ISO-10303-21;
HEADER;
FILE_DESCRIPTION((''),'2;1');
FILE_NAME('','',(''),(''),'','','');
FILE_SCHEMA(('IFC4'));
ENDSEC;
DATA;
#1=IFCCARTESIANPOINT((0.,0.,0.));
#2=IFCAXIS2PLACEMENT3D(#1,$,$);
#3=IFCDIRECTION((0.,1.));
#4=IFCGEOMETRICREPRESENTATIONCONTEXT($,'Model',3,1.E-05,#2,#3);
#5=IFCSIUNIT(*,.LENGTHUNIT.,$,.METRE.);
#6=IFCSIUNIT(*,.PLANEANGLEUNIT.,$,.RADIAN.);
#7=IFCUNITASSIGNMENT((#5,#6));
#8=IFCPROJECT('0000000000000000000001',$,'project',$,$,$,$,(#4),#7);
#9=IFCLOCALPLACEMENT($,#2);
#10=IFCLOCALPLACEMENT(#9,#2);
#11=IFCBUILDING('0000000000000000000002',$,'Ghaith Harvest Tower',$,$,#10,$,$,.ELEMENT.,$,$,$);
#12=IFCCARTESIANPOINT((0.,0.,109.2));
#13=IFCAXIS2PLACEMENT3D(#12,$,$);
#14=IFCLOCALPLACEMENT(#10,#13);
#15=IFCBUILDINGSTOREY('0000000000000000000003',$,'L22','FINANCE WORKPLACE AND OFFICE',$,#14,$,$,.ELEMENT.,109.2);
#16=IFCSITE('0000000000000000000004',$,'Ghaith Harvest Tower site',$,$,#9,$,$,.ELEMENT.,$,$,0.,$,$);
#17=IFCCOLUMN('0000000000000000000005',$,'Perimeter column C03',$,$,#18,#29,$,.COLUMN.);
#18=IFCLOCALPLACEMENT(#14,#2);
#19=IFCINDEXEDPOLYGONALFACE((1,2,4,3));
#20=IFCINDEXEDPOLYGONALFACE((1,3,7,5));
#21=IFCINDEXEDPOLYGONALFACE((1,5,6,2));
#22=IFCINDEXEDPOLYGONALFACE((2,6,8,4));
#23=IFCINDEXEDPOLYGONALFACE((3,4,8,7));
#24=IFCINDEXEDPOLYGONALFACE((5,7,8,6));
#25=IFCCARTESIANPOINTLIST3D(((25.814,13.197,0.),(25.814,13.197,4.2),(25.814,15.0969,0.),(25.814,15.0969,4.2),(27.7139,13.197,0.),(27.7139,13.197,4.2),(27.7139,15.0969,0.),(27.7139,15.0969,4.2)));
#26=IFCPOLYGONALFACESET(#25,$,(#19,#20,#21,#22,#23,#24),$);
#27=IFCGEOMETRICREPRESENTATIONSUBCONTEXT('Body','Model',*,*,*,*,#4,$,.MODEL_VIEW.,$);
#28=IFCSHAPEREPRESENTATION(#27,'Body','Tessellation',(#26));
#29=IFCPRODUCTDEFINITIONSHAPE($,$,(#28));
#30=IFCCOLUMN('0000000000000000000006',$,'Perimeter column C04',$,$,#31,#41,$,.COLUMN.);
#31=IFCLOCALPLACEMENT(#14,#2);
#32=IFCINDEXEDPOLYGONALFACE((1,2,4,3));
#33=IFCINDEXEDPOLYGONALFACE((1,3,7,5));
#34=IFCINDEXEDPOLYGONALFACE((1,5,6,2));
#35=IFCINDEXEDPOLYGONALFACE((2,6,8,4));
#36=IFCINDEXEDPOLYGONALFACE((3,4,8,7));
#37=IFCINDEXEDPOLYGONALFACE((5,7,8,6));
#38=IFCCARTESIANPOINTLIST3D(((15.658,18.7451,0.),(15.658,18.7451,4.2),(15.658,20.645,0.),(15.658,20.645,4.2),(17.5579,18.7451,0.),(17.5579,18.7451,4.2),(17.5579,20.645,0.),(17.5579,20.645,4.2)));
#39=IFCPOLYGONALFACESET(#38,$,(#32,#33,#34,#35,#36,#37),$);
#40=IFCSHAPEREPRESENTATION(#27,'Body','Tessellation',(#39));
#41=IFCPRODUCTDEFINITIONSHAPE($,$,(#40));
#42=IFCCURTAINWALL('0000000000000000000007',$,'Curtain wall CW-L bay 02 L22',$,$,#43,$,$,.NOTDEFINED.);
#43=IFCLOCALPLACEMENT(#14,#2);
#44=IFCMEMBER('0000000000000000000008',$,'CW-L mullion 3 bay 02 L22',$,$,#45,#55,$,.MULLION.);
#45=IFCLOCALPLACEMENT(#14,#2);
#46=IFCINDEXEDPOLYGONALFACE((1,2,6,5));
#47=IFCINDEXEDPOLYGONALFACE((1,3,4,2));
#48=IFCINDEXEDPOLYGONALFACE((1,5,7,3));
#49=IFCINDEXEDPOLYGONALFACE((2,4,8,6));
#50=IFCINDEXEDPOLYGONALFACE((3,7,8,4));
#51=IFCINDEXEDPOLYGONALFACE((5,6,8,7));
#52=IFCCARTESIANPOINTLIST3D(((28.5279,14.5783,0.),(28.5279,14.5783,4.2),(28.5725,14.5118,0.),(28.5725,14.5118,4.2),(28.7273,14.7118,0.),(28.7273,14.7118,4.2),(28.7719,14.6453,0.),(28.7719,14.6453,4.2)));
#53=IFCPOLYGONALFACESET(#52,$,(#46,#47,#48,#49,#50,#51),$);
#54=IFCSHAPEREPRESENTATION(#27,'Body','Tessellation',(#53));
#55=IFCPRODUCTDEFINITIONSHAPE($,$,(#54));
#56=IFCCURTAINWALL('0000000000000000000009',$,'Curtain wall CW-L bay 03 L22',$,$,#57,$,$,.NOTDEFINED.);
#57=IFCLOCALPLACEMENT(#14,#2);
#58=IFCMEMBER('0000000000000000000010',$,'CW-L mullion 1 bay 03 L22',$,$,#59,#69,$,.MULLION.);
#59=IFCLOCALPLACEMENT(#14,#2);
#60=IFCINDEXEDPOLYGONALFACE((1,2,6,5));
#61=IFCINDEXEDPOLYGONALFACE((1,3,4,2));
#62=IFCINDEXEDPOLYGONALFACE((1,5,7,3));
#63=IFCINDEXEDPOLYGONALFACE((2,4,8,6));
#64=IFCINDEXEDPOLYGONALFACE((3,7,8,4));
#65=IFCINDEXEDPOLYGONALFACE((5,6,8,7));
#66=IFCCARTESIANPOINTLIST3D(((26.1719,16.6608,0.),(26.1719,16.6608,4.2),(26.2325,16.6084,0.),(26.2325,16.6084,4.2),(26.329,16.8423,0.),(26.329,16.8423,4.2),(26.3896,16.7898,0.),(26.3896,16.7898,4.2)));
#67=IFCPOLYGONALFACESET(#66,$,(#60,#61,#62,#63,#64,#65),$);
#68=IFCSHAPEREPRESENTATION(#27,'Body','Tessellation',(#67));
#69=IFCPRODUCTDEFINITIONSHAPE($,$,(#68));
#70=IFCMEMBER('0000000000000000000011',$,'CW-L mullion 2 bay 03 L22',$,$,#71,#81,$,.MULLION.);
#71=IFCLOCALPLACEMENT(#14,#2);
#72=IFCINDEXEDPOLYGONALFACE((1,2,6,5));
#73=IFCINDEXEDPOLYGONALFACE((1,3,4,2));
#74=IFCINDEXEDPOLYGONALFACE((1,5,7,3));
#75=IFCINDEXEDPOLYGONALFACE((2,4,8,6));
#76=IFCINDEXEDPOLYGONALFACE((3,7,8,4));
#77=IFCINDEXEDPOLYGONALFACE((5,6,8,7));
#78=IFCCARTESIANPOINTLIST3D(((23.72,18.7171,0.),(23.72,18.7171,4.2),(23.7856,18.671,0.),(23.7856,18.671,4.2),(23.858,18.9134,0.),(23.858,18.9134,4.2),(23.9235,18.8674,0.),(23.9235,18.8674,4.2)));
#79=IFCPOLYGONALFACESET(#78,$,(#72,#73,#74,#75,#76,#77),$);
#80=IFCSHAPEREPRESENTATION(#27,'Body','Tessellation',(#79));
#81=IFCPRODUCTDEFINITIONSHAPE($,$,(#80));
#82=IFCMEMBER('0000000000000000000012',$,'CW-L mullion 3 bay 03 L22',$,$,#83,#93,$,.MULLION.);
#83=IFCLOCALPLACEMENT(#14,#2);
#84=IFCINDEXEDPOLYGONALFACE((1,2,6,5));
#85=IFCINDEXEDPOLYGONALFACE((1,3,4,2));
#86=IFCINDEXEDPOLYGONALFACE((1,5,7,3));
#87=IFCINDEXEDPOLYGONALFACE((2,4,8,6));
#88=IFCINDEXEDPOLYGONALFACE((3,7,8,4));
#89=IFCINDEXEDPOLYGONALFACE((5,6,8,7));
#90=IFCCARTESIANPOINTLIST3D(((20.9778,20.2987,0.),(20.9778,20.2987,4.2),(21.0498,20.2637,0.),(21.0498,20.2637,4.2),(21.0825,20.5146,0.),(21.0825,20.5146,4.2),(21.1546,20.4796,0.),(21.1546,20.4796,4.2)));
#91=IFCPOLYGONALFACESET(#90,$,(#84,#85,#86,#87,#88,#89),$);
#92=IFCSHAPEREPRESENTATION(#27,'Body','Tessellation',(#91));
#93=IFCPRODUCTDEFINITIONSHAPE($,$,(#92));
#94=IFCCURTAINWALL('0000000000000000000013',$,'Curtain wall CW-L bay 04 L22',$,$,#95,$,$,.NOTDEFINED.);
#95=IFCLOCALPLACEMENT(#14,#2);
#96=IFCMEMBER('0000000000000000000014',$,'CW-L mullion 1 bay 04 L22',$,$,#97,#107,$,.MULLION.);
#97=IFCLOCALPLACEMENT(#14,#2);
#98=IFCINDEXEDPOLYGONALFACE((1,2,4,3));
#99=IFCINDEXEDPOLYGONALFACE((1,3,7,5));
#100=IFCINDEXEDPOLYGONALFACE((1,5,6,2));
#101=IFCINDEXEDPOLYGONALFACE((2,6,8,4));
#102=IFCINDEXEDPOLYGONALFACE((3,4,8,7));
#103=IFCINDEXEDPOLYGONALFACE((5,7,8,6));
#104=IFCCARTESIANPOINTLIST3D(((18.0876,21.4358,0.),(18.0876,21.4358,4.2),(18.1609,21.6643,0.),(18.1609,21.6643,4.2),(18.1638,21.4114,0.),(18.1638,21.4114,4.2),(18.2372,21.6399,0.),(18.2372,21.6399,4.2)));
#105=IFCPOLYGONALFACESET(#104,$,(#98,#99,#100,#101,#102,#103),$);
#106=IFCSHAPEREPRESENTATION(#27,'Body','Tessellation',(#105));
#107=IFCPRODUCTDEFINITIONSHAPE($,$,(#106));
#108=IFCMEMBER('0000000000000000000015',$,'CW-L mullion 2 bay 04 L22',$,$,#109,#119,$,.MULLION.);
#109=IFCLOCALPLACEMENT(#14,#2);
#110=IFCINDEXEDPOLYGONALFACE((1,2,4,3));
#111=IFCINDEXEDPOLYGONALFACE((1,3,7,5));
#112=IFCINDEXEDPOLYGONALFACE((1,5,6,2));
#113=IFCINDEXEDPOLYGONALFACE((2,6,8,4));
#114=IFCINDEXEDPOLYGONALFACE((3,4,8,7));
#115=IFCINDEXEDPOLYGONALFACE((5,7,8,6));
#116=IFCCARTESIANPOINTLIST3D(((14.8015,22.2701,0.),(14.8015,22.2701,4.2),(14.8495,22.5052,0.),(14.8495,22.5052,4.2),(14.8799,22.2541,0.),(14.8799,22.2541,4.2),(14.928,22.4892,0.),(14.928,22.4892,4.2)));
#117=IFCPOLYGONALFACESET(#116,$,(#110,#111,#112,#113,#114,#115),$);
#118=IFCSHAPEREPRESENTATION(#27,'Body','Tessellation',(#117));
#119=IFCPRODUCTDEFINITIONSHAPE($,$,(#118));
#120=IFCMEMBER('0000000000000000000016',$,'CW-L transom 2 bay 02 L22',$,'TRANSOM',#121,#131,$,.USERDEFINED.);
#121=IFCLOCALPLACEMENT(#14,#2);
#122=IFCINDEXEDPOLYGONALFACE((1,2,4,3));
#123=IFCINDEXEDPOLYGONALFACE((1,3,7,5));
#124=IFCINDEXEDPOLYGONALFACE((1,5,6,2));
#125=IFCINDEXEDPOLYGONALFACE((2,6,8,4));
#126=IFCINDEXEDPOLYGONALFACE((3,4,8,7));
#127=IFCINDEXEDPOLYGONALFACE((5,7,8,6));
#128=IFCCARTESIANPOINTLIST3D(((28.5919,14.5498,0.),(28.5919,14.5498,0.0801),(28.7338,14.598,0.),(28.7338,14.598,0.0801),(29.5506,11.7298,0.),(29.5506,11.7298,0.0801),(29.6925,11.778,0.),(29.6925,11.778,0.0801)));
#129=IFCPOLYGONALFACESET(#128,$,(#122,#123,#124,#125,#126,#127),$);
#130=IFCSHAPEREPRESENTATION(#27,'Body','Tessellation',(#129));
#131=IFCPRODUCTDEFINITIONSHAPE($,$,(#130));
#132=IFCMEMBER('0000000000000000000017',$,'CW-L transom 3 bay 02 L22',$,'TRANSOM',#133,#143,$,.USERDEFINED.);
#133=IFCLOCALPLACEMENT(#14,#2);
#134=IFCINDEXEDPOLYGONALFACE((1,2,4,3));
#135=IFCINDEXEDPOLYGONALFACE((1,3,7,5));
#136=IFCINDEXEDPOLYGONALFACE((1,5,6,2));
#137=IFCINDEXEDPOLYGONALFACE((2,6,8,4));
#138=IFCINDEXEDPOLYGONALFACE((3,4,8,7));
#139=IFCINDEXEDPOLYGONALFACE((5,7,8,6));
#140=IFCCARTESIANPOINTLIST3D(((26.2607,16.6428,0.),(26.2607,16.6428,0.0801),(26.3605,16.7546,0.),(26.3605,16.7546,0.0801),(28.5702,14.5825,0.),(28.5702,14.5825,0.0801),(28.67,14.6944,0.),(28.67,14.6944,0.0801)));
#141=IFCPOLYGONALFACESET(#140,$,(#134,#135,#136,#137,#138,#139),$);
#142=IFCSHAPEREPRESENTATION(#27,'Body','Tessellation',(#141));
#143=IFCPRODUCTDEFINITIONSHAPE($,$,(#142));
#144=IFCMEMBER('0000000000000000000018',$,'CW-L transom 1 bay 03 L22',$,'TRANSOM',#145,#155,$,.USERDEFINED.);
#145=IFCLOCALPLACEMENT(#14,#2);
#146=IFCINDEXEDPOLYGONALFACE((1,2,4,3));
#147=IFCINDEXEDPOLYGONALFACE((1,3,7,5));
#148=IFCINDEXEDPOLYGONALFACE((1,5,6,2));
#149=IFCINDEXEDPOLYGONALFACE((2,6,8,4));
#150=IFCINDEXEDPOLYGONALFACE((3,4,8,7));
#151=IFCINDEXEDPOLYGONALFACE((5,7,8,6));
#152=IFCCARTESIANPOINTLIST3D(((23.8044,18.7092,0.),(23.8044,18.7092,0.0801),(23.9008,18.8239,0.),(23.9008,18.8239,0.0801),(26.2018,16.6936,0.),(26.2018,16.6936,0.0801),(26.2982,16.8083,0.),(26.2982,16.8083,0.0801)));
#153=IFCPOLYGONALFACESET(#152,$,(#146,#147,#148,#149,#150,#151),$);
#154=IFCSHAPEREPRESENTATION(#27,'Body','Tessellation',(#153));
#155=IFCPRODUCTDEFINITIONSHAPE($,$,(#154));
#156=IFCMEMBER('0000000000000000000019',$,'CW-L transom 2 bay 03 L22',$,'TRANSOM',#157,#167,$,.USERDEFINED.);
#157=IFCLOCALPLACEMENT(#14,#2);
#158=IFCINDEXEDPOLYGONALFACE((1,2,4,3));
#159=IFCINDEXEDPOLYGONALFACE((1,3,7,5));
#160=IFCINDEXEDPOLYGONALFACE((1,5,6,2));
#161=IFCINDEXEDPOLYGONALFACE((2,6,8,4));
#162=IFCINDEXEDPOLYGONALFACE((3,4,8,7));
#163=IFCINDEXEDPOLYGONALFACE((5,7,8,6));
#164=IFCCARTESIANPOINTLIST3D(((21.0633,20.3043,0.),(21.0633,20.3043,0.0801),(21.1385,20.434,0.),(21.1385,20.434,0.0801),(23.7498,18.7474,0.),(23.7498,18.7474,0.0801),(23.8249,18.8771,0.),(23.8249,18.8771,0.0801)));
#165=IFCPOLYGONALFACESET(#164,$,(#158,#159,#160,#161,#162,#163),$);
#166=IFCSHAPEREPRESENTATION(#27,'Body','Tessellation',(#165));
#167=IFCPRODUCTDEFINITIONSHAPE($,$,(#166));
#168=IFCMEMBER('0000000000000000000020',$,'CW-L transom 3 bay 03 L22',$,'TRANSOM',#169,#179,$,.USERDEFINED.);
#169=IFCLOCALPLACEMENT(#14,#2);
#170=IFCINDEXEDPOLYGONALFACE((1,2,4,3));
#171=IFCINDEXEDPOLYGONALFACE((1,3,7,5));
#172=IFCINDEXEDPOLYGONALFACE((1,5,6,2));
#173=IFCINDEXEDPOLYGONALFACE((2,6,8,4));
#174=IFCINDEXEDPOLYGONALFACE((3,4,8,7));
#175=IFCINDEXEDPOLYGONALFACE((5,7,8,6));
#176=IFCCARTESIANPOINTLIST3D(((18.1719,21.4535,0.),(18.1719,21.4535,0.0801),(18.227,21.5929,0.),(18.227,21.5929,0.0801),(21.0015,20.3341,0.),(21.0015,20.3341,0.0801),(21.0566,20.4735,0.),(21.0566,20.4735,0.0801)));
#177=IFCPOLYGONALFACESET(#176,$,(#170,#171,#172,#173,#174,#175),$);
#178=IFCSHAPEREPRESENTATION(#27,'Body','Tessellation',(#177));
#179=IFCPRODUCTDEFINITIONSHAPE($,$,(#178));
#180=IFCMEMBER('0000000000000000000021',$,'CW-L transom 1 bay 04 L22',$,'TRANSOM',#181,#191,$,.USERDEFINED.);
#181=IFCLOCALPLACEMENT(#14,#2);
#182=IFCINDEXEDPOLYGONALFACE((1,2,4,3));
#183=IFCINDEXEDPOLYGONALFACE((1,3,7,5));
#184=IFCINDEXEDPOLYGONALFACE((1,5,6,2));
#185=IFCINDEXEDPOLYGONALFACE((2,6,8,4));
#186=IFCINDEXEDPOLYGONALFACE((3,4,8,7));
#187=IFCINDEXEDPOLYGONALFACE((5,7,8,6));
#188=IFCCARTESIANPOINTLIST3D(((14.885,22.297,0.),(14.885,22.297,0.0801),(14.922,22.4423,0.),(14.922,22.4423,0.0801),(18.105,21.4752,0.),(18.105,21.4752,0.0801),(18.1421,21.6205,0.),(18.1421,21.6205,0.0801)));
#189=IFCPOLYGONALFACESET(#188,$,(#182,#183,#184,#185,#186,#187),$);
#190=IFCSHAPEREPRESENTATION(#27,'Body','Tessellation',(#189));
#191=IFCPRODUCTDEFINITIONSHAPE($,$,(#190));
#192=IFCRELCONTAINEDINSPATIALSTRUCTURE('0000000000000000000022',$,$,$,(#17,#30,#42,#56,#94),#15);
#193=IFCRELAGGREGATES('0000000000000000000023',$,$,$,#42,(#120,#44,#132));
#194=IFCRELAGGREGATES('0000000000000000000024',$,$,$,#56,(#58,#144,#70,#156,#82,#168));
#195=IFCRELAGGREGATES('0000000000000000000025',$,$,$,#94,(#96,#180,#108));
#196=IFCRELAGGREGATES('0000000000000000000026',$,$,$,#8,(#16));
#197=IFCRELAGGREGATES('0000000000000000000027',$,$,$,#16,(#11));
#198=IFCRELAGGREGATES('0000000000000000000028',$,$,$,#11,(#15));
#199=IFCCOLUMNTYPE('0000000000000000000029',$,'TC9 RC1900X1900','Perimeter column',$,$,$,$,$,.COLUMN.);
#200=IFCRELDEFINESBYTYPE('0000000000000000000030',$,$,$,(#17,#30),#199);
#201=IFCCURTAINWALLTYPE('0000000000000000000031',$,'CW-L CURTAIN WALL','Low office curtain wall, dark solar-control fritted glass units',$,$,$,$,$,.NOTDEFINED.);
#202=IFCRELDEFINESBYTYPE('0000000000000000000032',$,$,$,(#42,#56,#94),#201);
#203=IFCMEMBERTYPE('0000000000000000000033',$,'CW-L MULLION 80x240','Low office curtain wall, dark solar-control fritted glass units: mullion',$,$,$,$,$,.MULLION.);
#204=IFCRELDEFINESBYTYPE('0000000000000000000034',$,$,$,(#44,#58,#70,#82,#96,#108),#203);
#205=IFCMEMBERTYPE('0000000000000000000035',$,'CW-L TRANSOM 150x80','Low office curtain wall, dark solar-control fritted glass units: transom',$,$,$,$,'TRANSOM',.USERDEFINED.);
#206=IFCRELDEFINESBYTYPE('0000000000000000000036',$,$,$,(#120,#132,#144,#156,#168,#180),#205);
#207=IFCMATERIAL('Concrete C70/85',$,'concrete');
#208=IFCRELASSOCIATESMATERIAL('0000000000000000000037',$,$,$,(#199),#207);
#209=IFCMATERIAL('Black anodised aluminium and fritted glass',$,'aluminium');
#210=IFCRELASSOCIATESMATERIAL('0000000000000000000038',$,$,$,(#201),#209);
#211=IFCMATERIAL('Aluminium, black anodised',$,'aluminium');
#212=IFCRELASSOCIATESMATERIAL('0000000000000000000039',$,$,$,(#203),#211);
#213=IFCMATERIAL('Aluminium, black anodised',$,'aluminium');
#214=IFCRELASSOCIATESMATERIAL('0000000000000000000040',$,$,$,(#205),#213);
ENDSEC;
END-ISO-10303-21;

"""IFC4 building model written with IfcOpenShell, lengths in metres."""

from ifc_helpers import new_model, si_unit, direction, frame, origin, origin_2d, place, context, subcontext, project, spatial, rectangle, extrude, material, material_profile, profile_set, type_object, element, aggregate, save


model = new_model("IFC4")

# Units and contexts
model_context = context("Model", 3, precision=1e-05, world=origin(), true_north=direction((0.0, 1.0)))
body_context = subcontext(model_context, "Body", "Model", "MODEL_VIEW")
ifc_project = project(units=[si_unit("LENGTHUNIT", "METRE"), si_unit("PLANEANGLEUNIT", "RADIAN")], contexts=[model_context])

# Site, building, storey
site_placement = place(None, origin())
site = spatial("IfcSite", under=ifc_project, at=site_placement, Name="Ghaith Harvest Tower site", CompositionType="ELEMENT", RefElevation=0.0)
building_placement = place(site_placement, origin())
building = spatial("IfcBuilding", under=site, at=building_placement, Name="Ghaith Harvest Tower", CompositionType="ELEMENT")
storey_placement = place(building_placement, frame((0.0, 0.0, 109.2)))
storey = spatial("IfcBuildingStorey", under=building, at=storey_placement, Name="L22", Description="FINANCE WORKPLACE AND OFFICE", CompositionType="ELEMENT", Elevation=109.2)

# Columns
ifc_material_1 = material(Name="Concrete C70/85", Category="concrete")
ifc_material_profile_1 = material_profile(ifc_material_1, rectangle(XDim=1.8999, YDim=1.8999, at=origin_2d()), Name="RC1900X1900")
ifc_profile_set_1 = profile_set([ifc_material_profile_1], Name="Concrete C70/85")
column_type = type_object("IfcColumnType", Name="TC9 RC1900X1900", Description="Perimeter column", PredefinedType="COLUMN", material=ifc_profile_set_1)
for number, where, z_axis, x_axis, name in (
    (1, (26.7639, 14.147, 0.0), (0.0, 0.0, 1.0), (1.0, 0.0, 0.0), "Perimeter column C03"),
    (2, (16.6079, 19.6951, 0.0), (0.0, 0.0, 1.0), (1.0, 0.0, 0.0), "Perimeter column C04"),
):
    element("IfcColumn", number, at=place(storey_placement, frame(where, z_axis=z_axis, x_axis=x_axis)), inside=storey, type_object=column_type, Name=name, PredefinedType="COLUMN", context=body_context, shape_type="SweptSolid", body=[
        extrude(rectangle(XDim=1.8999, YDim=1.8999, at=origin_2d()), origin(), (0.0, 0.0, 1.0), 4.2),
    ])

# Curtain wall, member
ifc_material_2 = material(Name="Black anodised aluminium and fritted glass", Category="aluminium")
curtain_wall_type = type_object("IfcCurtainWallType", Name="CW-L CURTAIN WALL", Description="Low office curtain wall, dark solar-control fritted glass units", PredefinedType="NOTDEFINED", material=ifc_material_2)
curtain_wall_1_placement = place(storey_placement, origin())
curtain_wall_1 = element("IfcCurtainWall", 3, at=curtain_wall_1_placement, inside=storey, type_object=curtain_wall_type, Name="Curtain wall CW-L bay 02 L22", PredefinedType="NOTDEFINED")
ifc_material_3 = material(Name="Aluminium, black anodised", Category="aluminium")
ifc_material_profile_2 = material_profile(ifc_material_3, rectangle(XDim=0.0801, YDim=0.24, at=origin_2d()), Name="CW-L MULLION 80x240")
ifc_profile_set_2 = profile_set([ifc_material_profile_2], Name="Aluminium, black anodised")
member_type_1 = type_object("IfcMemberType", Name="CW-L MULLION 80x240", Description="Low office curtain wall, dark solar-control fritted glass units: mullion", PredefinedType="MULLION", material=ifc_profile_set_2)
member_1_placement = place(storey_placement, frame((28.6499, 14.6118, 0.0), z_axis=(0.0, 0.0, 1.0), x_axis=(-0.556324, 0.830965, 0.0)))
member_1 = element("IfcMember", 4, at=member_1_placement, type_object=member_type_1, Name="CW-L mullion 3 bay 02 L22", PredefinedType="MULLION", context=body_context, shape_type="SweptSolid", body=[
    extrude(rectangle(XDim=0.0801, YDim=0.24, at=origin_2d()), origin(), (0.0, 0.0, 1.0), 4.2),
])

# Curtain walls, members
curtain_wall_2_placement = place(storey_placement, origin())
curtain_wall_2 = element("IfcCurtainWall", 5, at=curtain_wall_2_placement, inside=storey, type_object=curtain_wall_type, Name="Curtain wall CW-L bay 03 L22", PredefinedType="NOTDEFINED")
member_2_placement = place(storey_placement, frame((26.2808, 16.7253, 0.0), z_axis=(0.0, 0.0, 1.0), x_axis=(-0.755999, 0.654572, 0.0)))
member_2 = element("IfcMember", 6, at=member_2_placement, type_object=member_type_1, Name="CW-L mullion 1 bay 03 L22", PredefinedType="MULLION", context=body_context, shape_type="SweptSolid", body=[
    extrude(rectangle(XDim=0.0801, YDim=0.24, at=origin_2d()), origin(), (0.0, 0.0, 1.0), 4.2),
])
member_3_placement = place(storey_placement, frame((23.8218, 18.7922, 0.0), z_axis=(0.0, 0.0, 1.0), x_axis=(-0.818229, 0.574893, 0.0)))
member_3 = element("IfcMember", 7, at=member_3_placement, type_object=member_type_1, Name="CW-L mullion 2 bay 03 L22", PredefinedType="MULLION", context=body_context, shape_type="SweptSolid", body=[
    extrude(rectangle(XDim=0.0801, YDim=0.24, at=origin_2d()), origin(), (0.0, 0.0, 1.0), 4.2),
])
member_4_placement = place(storey_placement, frame((21.0662, 20.3892, 0.0), z_axis=(0.0, 0.0, 1.0), x_axis=(-0.899713, 0.436481, 0.0)))
member_4 = element("IfcMember", 8, at=member_4_placement, type_object=member_type_1, Name="CW-L mullion 3 bay 03 L22", PredefinedType="MULLION", context=body_context, shape_type="SweptSolid", body=[
    extrude(rectangle(XDim=0.0801, YDim=0.24, at=origin_2d()), origin(), (0.0, 0.0, 1.0), 4.2),
])
curtain_wall_3_placement = place(storey_placement, origin())
curtain_wall_3 = element("IfcCurtainWall", 9, at=curtain_wall_3_placement, inside=storey, type_object=curtain_wall_type, Name="Curtain wall CW-L bay 04 L22", PredefinedType="NOTDEFINED")
member_5_placement = place(storey_placement, frame((18.1624, 21.5378, 0.0), z_axis=(0.0, 0.0, 1.0), x_axis=(-0.952152, 0.305624, 0.0)))
member_5 = element("IfcMember", 10, at=member_5_placement, type_object=member_type_1, Name="CW-L mullion 1 bay 04 L22", PredefinedType="MULLION", context=body_context, shape_type="SweptSolid", body=[
    extrude(rectangle(XDim=0.0801, YDim=0.24, at=origin_2d()), origin(), (0.0, 0.0, 1.0), 4.2),
])
member_6_placement = place(storey_placement, frame((14.8647, 22.3796, 0.0), z_axis=(0.0, 0.0, 1.0), x_axis=(-0.979752, 0.200215, 0.0)))
member_6 = element("IfcMember", 11, at=member_6_placement, type_object=member_type_1, Name="CW-L mullion 2 bay 04 L22", PredefinedType="MULLION", context=body_context, shape_type="SweptSolid", body=[
    extrude(rectangle(XDim=0.0801, YDim=0.24, at=origin_2d()), origin(), (0.0, 0.0, 1.0), 4.2),
])

# Members
ifc_material_4 = material(Name="Aluminium, black anodised", Category="aluminium")
ifc_material_profile_3 = material_profile(ifc_material_4, rectangle(XDim=0.1499, YDim=0.0801, at=origin_2d()), Name="CW-L TRANSOM 150x80")
ifc_profile_set_3 = profile_set([ifc_material_profile_3], Name="Aluminium, black anodised")
member_type_2 = type_object("IfcMemberType", Name="CW-L TRANSOM 150x80", Description="Low office curtain wall, dark solar-control fritted glass units: transom", ElementType="TRANSOM", PredefinedType="USERDEFINED", material=ifc_profile_set_3)
member_7_placement = place(storey_placement, frame((29.6216, 11.7539, 0.04), z_axis=(-0.321878, 0.946781, 0.0), x_axis=(-0.946781, -0.321878, 0.0)))
member_7 = element("IfcMember", 12, at=member_7_placement, type_object=member_type_2, Name="CW-L transom 2 bay 02 L22", ObjectType="TRANSOM", PredefinedType="USERDEFINED", context=body_context, shape_type="SweptSolid", body=[
    extrude(rectangle(XDim=0.1499, YDim=0.0801, at=origin_2d()), origin(), (0.0, 0.0, 1.0), 2.9785),
])
member_8_placement = place(storey_placement, frame((28.6201, 14.6384, 0.04), z_axis=(-0.746229, 0.66569, 0.0), x_axis=(-0.66569, -0.746229, 0.0)))
member_8 = element("IfcMember", 13, at=member_8_placement, type_object=member_type_2, Name="CW-L transom 3 bay 02 L22", ObjectType="TRANSOM", PredefinedType="USERDEFINED", context=body_context, shape_type="SweptSolid", body=[
    extrude(rectangle(XDim=0.1499, YDim=0.0801, at=origin_2d()), origin(), (0.0, 0.0, 1.0), 3.095),
])
member_9_placement = place(storey_placement, frame((26.25, 16.751, 0.04), z_axis=(-0.765428, 0.643521, 0.0), x_axis=(-0.643521, -0.765428, 0.0)))
member_9 = element("IfcMember", 14, at=member_9_placement, type_object=member_type_2, Name="CW-L transom 1 bay 03 L22", ObjectType="TRANSOM", PredefinedType="USERDEFINED", context=body_context, shape_type="SweptSolid", body=[
    extrude(rectangle(XDim=0.1499, YDim=0.0801, at=origin_2d()), origin(), (0.0, 0.0, 1.0), 3.1321),
])
member_10_placement = place(storey_placement, frame((23.7874, 18.8123, 0.04), z_axis=(-0.865213, 0.501405, 0.0), x_axis=(-0.501405, -0.865213, 0.0)))
member_10 = element("IfcMember", 15, at=member_10_placement, type_object=member_type_2, Name="CW-L transom 2 bay 03 L22", ObjectType="TRANSOM", PredefinedType="USERDEFINED", context=body_context, shape_type="SweptSolid", body=[
    extrude(rectangle(XDim=0.1499, YDim=0.0801, at=origin_2d()), origin(), (0.0, 0.0, 1.0), 3.105),
])
member_11_placement = place(storey_placement, frame((21.0291, 20.4038, 0.04), z_axis=(-0.929881, 0.367861, 0.0), x_axis=(-0.367861, -0.929881, 0.0)))
member_11 = element("IfcMember", 16, at=member_11_placement, type_object=member_type_2, Name="CW-L transom 3 bay 03 L22", ObjectType="TRANSOM", PredefinedType="USERDEFINED", context=body_context, shape_type="SweptSolid", body=[
    extrude(rectangle(XDim=0.1499, YDim=0.0801, at=origin_2d()), origin(), (0.0, 0.0, 1.0), 3.043),
])
member_12_placement = place(storey_placement, frame((18.1235, 21.5479, 0.04), z_axis=(-0.968942, 0.247286, 0.0), x_axis=(-0.247286, -0.968942, 0.0)))
member_12 = element("IfcMember", 17, at=member_12_placement, type_object=member_type_2, Name="CW-L transom 1 bay 04 L22", ObjectType="TRANSOM", PredefinedType="USERDEFINED", context=body_context, shape_type="SweptSolid", body=[
    extrude(rectangle(XDim=0.1499, YDim=0.0801, at=origin_2d()), origin(), (0.0, 0.0, 1.0), 3.3232),
])

aggregate(curtain_wall_1, [member_7, member_1, member_8])
aggregate(curtain_wall_2, [member_2, member_9, member_3, member_10, member_4, member_11])
aggregate(curtain_wall_3, [member_5, member_12, member_6])

save(model, "model.ifc")
